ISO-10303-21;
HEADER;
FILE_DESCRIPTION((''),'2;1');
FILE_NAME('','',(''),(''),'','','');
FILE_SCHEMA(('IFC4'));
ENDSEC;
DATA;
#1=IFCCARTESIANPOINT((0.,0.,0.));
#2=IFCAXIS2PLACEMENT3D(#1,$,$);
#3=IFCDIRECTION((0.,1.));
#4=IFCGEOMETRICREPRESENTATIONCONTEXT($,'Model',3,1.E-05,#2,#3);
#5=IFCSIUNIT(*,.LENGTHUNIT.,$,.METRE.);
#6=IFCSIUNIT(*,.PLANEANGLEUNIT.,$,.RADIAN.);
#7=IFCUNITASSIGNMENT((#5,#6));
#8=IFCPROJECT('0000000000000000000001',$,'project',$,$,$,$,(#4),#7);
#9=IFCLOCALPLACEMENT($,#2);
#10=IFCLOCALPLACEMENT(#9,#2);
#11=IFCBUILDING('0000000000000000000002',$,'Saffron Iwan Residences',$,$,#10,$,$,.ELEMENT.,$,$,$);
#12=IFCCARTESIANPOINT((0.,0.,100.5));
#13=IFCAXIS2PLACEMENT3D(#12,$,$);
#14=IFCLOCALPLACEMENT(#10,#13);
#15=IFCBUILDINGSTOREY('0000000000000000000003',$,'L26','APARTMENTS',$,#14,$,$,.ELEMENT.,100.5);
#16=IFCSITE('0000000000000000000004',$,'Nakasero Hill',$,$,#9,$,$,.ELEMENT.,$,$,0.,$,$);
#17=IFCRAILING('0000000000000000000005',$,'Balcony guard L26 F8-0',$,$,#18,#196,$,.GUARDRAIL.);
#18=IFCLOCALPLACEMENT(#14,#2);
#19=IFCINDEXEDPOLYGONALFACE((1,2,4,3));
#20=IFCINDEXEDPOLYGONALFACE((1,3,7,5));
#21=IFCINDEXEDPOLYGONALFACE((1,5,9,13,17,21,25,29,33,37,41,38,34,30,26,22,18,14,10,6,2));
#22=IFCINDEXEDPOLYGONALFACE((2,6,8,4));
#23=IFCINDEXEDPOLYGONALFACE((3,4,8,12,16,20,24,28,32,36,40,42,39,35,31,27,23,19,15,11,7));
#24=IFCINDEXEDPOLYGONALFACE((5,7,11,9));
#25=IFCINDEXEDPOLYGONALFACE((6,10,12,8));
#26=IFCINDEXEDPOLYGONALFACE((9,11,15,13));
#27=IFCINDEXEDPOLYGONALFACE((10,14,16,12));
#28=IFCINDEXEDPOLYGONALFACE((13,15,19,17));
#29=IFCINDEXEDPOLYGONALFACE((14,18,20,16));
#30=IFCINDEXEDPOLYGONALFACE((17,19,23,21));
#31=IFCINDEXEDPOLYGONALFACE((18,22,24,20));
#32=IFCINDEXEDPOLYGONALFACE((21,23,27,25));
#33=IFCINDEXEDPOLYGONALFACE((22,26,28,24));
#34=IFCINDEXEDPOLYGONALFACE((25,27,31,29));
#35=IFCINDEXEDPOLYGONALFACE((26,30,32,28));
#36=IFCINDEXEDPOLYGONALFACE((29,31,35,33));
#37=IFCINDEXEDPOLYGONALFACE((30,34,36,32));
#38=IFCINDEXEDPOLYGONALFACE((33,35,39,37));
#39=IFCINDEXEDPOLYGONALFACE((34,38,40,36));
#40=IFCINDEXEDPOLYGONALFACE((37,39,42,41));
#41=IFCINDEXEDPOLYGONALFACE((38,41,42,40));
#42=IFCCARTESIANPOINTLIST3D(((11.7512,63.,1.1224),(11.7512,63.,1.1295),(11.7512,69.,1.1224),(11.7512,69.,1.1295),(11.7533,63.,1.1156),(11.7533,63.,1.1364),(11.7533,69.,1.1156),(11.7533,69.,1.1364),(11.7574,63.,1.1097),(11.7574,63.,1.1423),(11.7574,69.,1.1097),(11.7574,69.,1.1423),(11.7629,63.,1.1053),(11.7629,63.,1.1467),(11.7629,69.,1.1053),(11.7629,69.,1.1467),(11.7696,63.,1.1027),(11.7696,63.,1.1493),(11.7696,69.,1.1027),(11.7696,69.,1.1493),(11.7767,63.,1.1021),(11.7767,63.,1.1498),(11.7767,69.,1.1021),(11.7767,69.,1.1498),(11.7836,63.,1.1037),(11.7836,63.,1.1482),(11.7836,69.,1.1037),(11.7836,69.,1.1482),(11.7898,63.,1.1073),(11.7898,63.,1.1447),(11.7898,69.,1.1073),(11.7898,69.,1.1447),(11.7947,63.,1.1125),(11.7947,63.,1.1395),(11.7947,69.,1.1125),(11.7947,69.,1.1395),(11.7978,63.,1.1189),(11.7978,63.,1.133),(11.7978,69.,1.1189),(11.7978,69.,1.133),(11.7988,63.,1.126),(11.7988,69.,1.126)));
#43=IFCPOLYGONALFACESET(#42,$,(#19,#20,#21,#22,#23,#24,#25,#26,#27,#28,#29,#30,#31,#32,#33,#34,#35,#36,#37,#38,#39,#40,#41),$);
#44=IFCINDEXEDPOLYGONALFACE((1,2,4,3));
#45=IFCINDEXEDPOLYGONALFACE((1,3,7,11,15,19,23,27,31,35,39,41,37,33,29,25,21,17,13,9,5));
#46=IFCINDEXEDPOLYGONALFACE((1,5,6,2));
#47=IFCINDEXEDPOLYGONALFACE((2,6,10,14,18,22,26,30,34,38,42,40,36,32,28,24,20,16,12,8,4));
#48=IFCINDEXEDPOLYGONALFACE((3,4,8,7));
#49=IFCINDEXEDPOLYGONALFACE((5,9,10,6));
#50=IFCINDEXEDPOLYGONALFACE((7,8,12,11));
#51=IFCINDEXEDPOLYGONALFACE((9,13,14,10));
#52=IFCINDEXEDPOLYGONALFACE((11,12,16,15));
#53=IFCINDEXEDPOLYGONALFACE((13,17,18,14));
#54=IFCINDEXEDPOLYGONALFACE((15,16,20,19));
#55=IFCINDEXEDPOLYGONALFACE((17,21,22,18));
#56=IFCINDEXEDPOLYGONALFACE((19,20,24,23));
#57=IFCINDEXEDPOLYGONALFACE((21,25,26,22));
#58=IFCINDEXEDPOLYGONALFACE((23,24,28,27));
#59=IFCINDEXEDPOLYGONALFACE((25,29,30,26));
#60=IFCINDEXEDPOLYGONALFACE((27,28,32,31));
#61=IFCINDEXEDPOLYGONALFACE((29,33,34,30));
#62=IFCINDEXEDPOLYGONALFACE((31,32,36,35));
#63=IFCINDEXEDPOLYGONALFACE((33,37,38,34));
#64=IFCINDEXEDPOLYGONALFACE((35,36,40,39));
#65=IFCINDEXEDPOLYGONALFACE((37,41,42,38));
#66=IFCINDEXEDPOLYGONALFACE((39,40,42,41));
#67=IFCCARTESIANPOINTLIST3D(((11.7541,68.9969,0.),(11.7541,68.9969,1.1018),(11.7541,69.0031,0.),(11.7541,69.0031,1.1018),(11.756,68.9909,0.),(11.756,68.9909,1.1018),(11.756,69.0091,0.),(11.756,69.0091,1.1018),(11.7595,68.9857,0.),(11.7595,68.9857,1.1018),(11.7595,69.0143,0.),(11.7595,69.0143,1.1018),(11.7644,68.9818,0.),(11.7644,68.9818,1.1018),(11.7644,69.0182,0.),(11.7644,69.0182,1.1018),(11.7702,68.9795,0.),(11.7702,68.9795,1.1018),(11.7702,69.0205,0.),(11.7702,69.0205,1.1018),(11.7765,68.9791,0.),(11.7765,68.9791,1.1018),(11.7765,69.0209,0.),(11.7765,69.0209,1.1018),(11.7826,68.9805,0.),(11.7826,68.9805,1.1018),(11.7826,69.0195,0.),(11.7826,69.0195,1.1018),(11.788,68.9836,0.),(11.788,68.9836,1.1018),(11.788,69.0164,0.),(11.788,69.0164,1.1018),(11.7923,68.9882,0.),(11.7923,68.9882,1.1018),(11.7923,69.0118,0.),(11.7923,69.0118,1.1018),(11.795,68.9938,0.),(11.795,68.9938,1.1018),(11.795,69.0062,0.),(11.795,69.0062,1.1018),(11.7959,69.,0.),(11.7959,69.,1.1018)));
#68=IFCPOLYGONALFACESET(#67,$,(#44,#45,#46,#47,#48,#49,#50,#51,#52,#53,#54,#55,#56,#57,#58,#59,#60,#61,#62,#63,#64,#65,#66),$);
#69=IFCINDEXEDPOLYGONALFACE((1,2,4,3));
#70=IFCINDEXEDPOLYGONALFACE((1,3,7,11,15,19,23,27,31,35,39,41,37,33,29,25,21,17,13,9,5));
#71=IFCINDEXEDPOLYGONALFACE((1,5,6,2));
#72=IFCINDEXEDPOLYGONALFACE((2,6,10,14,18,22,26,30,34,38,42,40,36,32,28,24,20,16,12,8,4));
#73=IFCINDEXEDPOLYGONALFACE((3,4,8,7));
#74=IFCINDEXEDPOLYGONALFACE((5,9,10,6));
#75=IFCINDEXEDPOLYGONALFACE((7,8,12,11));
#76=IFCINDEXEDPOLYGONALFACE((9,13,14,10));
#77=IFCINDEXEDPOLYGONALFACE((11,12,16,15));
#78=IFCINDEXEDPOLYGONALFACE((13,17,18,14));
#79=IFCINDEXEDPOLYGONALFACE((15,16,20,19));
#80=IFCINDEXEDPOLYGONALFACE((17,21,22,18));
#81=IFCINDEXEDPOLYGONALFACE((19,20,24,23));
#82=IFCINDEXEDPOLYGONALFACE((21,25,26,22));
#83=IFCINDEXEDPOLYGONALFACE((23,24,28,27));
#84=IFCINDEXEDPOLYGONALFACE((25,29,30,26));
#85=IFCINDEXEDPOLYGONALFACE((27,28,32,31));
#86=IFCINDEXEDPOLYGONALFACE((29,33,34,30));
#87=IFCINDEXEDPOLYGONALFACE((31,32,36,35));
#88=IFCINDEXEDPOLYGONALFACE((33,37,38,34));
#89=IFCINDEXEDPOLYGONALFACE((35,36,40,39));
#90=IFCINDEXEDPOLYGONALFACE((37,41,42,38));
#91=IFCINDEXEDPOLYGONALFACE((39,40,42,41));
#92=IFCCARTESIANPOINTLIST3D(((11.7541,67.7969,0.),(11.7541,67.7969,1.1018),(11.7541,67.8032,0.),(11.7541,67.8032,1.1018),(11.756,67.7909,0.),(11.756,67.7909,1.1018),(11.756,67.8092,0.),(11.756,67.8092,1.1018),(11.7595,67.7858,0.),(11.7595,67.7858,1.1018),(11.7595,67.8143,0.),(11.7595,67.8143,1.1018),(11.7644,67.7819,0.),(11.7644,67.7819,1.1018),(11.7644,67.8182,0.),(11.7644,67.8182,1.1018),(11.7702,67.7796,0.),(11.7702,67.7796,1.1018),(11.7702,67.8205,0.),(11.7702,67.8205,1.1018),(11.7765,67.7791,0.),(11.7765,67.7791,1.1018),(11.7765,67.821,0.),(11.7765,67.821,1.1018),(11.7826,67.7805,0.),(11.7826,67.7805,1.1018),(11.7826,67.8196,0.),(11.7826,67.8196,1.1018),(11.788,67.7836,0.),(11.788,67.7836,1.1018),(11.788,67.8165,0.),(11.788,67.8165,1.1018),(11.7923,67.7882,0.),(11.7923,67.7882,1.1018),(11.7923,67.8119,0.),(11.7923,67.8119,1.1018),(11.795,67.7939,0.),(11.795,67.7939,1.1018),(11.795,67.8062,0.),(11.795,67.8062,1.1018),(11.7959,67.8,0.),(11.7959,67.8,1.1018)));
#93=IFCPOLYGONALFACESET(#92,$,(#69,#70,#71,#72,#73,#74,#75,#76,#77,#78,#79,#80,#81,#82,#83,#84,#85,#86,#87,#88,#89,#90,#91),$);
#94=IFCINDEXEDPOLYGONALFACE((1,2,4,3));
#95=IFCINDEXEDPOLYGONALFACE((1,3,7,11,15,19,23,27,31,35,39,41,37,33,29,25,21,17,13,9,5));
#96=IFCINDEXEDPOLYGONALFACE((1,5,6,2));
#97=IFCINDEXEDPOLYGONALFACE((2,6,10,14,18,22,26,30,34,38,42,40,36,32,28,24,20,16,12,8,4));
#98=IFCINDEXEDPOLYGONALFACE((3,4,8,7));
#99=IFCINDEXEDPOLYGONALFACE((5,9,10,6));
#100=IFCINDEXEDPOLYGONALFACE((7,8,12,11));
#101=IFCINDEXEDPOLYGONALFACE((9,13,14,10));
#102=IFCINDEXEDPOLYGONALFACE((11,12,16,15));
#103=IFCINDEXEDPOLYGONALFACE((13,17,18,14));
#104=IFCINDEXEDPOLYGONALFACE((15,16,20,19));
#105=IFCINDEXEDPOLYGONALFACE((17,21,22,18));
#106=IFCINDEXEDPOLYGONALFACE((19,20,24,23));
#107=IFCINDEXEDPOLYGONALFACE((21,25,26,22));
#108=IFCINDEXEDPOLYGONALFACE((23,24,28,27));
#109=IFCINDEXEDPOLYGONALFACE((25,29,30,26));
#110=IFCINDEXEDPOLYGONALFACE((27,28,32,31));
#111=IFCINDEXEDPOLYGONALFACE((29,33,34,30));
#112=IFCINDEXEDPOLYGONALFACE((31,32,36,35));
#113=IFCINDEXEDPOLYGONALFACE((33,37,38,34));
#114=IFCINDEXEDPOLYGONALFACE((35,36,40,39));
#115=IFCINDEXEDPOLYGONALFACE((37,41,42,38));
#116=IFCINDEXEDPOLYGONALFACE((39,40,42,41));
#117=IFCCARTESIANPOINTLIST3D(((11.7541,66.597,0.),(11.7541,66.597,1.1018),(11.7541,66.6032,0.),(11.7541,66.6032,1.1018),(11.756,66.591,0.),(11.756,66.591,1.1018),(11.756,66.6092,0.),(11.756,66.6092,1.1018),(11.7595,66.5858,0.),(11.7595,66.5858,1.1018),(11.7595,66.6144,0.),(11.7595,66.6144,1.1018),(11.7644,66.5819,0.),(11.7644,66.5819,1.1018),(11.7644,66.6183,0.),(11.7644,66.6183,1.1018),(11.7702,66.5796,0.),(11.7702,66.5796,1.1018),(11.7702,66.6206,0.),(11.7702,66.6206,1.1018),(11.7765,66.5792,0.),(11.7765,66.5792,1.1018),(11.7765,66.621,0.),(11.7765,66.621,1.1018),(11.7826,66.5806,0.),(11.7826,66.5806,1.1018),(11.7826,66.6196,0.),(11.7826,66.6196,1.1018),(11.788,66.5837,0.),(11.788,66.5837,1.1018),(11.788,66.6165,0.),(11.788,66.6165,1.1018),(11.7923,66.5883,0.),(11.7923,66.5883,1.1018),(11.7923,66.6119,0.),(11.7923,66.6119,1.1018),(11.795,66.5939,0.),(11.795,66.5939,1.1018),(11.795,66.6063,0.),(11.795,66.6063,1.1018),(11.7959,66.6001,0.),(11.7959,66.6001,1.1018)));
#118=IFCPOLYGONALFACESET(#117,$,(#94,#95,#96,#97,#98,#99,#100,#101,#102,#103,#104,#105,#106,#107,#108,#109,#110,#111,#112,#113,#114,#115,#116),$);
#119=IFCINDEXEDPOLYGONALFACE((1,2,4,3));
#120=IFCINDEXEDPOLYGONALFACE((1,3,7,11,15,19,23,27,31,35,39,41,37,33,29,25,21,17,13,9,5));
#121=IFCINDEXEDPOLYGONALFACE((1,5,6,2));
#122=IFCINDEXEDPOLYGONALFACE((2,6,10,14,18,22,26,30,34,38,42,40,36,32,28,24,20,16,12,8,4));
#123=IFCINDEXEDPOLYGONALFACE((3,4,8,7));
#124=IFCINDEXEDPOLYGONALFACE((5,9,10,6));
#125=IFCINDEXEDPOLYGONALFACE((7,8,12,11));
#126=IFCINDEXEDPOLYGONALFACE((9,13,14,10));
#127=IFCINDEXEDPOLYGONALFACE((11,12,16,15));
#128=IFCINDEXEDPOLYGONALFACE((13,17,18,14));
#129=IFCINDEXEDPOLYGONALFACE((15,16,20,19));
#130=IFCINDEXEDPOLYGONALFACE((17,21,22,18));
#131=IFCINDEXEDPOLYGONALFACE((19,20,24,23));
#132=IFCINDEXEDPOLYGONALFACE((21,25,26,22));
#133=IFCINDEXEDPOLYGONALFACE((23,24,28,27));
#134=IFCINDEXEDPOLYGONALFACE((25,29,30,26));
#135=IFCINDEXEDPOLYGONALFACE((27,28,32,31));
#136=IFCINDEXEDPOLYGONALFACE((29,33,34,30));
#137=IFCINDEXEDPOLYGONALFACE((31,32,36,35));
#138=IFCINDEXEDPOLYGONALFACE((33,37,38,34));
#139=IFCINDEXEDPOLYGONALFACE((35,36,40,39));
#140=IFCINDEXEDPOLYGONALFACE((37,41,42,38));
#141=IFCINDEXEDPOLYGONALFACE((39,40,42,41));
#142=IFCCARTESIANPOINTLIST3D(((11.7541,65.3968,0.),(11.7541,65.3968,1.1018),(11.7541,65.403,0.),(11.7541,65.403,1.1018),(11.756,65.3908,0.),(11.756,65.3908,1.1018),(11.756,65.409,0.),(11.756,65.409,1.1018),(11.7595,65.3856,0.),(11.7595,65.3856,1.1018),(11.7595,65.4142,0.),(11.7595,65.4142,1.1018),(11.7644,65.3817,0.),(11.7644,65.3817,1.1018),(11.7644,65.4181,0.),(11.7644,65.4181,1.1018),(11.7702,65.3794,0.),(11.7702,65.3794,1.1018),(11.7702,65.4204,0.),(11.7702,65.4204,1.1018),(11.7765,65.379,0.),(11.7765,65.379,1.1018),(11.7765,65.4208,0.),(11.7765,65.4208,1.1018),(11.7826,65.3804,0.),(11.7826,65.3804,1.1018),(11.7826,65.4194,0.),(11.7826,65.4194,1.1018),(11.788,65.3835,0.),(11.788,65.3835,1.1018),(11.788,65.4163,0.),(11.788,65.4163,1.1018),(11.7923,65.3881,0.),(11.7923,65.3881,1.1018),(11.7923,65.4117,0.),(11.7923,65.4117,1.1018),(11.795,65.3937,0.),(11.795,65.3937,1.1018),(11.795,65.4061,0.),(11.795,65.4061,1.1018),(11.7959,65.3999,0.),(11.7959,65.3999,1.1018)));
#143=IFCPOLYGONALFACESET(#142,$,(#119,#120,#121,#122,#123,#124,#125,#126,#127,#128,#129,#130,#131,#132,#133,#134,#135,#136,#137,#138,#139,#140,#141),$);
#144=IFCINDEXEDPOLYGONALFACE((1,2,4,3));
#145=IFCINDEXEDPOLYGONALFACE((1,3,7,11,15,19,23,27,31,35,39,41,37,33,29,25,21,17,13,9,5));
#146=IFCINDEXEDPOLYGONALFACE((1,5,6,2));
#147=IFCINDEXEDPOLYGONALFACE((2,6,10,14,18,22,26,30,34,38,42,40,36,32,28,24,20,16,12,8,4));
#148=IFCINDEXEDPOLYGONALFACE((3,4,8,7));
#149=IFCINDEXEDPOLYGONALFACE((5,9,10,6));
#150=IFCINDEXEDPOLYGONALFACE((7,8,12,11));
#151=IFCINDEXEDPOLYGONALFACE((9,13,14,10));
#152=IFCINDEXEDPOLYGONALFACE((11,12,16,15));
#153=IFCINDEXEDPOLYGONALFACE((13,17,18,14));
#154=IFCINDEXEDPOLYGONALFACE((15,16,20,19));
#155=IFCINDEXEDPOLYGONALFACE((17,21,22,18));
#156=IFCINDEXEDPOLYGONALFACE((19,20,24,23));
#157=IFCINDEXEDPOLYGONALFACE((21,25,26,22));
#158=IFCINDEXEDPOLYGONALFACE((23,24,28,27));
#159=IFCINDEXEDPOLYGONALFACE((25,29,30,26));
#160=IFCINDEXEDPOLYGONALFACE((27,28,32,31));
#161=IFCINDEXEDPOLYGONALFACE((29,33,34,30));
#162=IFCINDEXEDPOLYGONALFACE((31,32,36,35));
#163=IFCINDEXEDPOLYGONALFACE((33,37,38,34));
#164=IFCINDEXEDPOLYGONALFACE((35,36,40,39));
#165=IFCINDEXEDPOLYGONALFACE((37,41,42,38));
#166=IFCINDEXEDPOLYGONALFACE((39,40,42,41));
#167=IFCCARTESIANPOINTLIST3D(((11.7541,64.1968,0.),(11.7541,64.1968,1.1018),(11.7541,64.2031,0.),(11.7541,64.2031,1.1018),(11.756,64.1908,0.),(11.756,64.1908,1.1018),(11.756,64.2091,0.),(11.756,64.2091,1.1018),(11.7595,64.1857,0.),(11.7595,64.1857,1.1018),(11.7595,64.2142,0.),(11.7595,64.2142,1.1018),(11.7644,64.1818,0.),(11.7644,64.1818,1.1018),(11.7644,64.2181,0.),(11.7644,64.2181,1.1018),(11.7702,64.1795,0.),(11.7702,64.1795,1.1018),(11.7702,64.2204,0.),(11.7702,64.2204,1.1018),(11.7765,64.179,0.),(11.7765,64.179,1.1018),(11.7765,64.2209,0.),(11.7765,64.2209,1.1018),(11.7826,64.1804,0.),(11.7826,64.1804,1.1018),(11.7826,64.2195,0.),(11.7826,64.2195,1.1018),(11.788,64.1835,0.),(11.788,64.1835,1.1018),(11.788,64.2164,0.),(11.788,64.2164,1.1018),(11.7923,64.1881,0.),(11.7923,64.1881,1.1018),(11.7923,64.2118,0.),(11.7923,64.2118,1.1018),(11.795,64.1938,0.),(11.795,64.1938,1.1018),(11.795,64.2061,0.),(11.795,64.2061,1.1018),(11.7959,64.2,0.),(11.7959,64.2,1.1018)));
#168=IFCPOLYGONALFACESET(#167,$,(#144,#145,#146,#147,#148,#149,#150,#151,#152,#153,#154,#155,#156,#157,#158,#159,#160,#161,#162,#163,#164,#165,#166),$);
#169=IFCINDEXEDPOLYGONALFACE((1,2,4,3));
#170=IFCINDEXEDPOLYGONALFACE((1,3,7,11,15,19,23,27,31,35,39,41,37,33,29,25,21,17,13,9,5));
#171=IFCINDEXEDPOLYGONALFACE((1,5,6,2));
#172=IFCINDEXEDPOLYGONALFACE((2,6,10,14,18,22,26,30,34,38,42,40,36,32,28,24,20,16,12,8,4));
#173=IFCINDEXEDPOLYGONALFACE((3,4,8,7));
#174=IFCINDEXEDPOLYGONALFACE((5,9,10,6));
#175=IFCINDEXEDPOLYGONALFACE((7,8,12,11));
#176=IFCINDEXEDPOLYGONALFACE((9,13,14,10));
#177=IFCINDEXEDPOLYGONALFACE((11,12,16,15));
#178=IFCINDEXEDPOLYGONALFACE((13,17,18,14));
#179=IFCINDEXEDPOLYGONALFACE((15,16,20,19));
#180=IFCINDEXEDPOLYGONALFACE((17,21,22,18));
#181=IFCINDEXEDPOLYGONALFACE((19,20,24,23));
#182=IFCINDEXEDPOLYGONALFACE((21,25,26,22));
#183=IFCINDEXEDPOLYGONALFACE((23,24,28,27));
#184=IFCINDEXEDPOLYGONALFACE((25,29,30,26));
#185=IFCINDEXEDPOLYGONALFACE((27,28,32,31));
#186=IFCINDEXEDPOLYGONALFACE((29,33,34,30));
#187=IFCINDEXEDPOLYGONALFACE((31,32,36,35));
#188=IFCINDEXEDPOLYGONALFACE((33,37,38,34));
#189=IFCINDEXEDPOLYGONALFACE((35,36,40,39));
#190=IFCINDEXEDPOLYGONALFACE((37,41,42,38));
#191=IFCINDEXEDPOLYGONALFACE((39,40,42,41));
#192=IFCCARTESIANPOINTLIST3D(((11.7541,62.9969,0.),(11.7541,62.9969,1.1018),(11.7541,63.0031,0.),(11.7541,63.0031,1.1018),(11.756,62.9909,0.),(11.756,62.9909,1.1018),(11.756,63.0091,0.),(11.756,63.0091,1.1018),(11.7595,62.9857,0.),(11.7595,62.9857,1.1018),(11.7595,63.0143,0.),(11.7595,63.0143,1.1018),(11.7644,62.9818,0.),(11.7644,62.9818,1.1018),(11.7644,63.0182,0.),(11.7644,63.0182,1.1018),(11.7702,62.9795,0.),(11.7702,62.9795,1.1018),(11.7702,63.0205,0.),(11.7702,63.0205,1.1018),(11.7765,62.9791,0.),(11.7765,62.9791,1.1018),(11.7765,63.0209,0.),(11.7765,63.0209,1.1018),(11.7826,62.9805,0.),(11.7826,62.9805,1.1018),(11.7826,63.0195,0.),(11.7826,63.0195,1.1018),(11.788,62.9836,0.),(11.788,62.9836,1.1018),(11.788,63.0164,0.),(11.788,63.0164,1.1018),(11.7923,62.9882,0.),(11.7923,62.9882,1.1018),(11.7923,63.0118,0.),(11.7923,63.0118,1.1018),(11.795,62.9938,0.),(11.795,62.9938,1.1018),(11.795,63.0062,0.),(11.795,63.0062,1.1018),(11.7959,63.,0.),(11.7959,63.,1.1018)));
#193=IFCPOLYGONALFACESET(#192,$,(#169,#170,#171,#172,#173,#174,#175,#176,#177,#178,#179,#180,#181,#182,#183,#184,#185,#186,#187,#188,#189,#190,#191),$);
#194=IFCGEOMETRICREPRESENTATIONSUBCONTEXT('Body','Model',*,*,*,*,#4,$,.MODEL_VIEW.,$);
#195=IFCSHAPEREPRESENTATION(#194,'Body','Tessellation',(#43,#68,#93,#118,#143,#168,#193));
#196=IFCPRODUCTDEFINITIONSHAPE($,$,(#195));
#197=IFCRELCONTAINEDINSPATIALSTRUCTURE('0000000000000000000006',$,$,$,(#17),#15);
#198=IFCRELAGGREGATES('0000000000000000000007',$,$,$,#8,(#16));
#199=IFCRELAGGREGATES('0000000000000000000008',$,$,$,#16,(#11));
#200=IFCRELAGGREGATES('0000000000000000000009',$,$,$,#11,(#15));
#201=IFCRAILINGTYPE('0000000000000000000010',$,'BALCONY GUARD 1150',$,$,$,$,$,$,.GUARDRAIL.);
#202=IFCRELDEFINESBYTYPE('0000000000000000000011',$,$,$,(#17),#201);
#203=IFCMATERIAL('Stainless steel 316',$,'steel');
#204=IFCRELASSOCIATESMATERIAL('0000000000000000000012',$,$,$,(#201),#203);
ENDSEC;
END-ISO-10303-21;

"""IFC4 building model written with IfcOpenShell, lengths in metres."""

from ifc_helpers import new_model, si_unit, direction, frame, origin, origin_2d, place, context, subcontext, project, spatial, circle, extrude, material, type_object, element, save


model = new_model("IFC4")

# Units and contexts
model_context = context("Model", 3, precision=1e-05, world=origin(), true_north=direction((0.0, 1.0)))
body_context = subcontext(model_context, "Body", "Model", "MODEL_VIEW")
ifc_project = project(units=[si_unit("LENGTHUNIT", "METRE"), si_unit("PLANEANGLEUNIT", "RADIAN")], contexts=[model_context])

# Site, building, storey
site_placement = place(None, origin())
site = spatial("IfcSite", under=ifc_project, at=site_placement, Name="Nakasero Hill", CompositionType="ELEMENT", RefElevation=0.0)
building_placement = place(site_placement, origin())
building = spatial("IfcBuilding", under=site, at=building_placement, Name="Saffron Iwan Residences", CompositionType="ELEMENT")
storey_placement = place(building_placement, frame((0.0, 0.0, 100.5)))
storey = spatial("IfcBuildingStorey", under=building, at=storey_placement, Name="L26", Description="APARTMENTS", CompositionType="ELEMENT", Elevation=100.5)

# Railing
ifc_material_1 = material(Name="Stainless steel 316", Category="steel")
railing_type = type_object("IfcRailingType", Name="BALCONY GUARD 1150", PredefinedType="GUARDRAIL", material=ifc_material_1)
railing_placement = place(storey_placement, frame((11.7749, 69.0, 0.0)))
element("IfcRailing", 1, at=railing_placement, inside=storey, type_object=railing_type, Name="Balcony guard L26 F8-0", PredefinedType="GUARDRAIL", context=body_context, shape_type="SweptSolid", body=[
    extrude(circle(Radius=0.0239, at=origin_2d()), frame((0.0, 0.0, 1.126), z_axis=(0.0, -1.0, 0.0), x_axis=(1.0, 0.0, 0.0)), (0.0, 0.0, 1.0), 6.0),
    extrude(circle(Radius=0.021, at=origin_2d()), origin(), (0.0, 0.0, 1.0), 1.1018),
    extrude(circle(Radius=0.021, at=origin_2d()), frame((0.0, -1.2, 0.0)), (0.0, 0.0, 1.0), 1.1018),
    extrude(circle(Radius=0.021, at=origin_2d()), frame((0.0, -2.3999, 0.0)), (0.0, 0.0, 1.0), 1.1018),
    extrude(circle(Radius=0.021, at=origin_2d()), frame((0.0, -3.6001, 0.0)), (0.0, 0.0, 1.0), 1.1018),
    extrude(circle(Radius=0.021, at=origin_2d()), frame((0.0, -4.8, 0.0)), (0.0, 0.0, 1.0), 1.1018),
    extrude(circle(Radius=0.021, at=origin_2d()), frame((0.0, -6.0, 0.0)), (0.0, 0.0, 1.0), 1.1018),
])

save(model, "model.ifc")
